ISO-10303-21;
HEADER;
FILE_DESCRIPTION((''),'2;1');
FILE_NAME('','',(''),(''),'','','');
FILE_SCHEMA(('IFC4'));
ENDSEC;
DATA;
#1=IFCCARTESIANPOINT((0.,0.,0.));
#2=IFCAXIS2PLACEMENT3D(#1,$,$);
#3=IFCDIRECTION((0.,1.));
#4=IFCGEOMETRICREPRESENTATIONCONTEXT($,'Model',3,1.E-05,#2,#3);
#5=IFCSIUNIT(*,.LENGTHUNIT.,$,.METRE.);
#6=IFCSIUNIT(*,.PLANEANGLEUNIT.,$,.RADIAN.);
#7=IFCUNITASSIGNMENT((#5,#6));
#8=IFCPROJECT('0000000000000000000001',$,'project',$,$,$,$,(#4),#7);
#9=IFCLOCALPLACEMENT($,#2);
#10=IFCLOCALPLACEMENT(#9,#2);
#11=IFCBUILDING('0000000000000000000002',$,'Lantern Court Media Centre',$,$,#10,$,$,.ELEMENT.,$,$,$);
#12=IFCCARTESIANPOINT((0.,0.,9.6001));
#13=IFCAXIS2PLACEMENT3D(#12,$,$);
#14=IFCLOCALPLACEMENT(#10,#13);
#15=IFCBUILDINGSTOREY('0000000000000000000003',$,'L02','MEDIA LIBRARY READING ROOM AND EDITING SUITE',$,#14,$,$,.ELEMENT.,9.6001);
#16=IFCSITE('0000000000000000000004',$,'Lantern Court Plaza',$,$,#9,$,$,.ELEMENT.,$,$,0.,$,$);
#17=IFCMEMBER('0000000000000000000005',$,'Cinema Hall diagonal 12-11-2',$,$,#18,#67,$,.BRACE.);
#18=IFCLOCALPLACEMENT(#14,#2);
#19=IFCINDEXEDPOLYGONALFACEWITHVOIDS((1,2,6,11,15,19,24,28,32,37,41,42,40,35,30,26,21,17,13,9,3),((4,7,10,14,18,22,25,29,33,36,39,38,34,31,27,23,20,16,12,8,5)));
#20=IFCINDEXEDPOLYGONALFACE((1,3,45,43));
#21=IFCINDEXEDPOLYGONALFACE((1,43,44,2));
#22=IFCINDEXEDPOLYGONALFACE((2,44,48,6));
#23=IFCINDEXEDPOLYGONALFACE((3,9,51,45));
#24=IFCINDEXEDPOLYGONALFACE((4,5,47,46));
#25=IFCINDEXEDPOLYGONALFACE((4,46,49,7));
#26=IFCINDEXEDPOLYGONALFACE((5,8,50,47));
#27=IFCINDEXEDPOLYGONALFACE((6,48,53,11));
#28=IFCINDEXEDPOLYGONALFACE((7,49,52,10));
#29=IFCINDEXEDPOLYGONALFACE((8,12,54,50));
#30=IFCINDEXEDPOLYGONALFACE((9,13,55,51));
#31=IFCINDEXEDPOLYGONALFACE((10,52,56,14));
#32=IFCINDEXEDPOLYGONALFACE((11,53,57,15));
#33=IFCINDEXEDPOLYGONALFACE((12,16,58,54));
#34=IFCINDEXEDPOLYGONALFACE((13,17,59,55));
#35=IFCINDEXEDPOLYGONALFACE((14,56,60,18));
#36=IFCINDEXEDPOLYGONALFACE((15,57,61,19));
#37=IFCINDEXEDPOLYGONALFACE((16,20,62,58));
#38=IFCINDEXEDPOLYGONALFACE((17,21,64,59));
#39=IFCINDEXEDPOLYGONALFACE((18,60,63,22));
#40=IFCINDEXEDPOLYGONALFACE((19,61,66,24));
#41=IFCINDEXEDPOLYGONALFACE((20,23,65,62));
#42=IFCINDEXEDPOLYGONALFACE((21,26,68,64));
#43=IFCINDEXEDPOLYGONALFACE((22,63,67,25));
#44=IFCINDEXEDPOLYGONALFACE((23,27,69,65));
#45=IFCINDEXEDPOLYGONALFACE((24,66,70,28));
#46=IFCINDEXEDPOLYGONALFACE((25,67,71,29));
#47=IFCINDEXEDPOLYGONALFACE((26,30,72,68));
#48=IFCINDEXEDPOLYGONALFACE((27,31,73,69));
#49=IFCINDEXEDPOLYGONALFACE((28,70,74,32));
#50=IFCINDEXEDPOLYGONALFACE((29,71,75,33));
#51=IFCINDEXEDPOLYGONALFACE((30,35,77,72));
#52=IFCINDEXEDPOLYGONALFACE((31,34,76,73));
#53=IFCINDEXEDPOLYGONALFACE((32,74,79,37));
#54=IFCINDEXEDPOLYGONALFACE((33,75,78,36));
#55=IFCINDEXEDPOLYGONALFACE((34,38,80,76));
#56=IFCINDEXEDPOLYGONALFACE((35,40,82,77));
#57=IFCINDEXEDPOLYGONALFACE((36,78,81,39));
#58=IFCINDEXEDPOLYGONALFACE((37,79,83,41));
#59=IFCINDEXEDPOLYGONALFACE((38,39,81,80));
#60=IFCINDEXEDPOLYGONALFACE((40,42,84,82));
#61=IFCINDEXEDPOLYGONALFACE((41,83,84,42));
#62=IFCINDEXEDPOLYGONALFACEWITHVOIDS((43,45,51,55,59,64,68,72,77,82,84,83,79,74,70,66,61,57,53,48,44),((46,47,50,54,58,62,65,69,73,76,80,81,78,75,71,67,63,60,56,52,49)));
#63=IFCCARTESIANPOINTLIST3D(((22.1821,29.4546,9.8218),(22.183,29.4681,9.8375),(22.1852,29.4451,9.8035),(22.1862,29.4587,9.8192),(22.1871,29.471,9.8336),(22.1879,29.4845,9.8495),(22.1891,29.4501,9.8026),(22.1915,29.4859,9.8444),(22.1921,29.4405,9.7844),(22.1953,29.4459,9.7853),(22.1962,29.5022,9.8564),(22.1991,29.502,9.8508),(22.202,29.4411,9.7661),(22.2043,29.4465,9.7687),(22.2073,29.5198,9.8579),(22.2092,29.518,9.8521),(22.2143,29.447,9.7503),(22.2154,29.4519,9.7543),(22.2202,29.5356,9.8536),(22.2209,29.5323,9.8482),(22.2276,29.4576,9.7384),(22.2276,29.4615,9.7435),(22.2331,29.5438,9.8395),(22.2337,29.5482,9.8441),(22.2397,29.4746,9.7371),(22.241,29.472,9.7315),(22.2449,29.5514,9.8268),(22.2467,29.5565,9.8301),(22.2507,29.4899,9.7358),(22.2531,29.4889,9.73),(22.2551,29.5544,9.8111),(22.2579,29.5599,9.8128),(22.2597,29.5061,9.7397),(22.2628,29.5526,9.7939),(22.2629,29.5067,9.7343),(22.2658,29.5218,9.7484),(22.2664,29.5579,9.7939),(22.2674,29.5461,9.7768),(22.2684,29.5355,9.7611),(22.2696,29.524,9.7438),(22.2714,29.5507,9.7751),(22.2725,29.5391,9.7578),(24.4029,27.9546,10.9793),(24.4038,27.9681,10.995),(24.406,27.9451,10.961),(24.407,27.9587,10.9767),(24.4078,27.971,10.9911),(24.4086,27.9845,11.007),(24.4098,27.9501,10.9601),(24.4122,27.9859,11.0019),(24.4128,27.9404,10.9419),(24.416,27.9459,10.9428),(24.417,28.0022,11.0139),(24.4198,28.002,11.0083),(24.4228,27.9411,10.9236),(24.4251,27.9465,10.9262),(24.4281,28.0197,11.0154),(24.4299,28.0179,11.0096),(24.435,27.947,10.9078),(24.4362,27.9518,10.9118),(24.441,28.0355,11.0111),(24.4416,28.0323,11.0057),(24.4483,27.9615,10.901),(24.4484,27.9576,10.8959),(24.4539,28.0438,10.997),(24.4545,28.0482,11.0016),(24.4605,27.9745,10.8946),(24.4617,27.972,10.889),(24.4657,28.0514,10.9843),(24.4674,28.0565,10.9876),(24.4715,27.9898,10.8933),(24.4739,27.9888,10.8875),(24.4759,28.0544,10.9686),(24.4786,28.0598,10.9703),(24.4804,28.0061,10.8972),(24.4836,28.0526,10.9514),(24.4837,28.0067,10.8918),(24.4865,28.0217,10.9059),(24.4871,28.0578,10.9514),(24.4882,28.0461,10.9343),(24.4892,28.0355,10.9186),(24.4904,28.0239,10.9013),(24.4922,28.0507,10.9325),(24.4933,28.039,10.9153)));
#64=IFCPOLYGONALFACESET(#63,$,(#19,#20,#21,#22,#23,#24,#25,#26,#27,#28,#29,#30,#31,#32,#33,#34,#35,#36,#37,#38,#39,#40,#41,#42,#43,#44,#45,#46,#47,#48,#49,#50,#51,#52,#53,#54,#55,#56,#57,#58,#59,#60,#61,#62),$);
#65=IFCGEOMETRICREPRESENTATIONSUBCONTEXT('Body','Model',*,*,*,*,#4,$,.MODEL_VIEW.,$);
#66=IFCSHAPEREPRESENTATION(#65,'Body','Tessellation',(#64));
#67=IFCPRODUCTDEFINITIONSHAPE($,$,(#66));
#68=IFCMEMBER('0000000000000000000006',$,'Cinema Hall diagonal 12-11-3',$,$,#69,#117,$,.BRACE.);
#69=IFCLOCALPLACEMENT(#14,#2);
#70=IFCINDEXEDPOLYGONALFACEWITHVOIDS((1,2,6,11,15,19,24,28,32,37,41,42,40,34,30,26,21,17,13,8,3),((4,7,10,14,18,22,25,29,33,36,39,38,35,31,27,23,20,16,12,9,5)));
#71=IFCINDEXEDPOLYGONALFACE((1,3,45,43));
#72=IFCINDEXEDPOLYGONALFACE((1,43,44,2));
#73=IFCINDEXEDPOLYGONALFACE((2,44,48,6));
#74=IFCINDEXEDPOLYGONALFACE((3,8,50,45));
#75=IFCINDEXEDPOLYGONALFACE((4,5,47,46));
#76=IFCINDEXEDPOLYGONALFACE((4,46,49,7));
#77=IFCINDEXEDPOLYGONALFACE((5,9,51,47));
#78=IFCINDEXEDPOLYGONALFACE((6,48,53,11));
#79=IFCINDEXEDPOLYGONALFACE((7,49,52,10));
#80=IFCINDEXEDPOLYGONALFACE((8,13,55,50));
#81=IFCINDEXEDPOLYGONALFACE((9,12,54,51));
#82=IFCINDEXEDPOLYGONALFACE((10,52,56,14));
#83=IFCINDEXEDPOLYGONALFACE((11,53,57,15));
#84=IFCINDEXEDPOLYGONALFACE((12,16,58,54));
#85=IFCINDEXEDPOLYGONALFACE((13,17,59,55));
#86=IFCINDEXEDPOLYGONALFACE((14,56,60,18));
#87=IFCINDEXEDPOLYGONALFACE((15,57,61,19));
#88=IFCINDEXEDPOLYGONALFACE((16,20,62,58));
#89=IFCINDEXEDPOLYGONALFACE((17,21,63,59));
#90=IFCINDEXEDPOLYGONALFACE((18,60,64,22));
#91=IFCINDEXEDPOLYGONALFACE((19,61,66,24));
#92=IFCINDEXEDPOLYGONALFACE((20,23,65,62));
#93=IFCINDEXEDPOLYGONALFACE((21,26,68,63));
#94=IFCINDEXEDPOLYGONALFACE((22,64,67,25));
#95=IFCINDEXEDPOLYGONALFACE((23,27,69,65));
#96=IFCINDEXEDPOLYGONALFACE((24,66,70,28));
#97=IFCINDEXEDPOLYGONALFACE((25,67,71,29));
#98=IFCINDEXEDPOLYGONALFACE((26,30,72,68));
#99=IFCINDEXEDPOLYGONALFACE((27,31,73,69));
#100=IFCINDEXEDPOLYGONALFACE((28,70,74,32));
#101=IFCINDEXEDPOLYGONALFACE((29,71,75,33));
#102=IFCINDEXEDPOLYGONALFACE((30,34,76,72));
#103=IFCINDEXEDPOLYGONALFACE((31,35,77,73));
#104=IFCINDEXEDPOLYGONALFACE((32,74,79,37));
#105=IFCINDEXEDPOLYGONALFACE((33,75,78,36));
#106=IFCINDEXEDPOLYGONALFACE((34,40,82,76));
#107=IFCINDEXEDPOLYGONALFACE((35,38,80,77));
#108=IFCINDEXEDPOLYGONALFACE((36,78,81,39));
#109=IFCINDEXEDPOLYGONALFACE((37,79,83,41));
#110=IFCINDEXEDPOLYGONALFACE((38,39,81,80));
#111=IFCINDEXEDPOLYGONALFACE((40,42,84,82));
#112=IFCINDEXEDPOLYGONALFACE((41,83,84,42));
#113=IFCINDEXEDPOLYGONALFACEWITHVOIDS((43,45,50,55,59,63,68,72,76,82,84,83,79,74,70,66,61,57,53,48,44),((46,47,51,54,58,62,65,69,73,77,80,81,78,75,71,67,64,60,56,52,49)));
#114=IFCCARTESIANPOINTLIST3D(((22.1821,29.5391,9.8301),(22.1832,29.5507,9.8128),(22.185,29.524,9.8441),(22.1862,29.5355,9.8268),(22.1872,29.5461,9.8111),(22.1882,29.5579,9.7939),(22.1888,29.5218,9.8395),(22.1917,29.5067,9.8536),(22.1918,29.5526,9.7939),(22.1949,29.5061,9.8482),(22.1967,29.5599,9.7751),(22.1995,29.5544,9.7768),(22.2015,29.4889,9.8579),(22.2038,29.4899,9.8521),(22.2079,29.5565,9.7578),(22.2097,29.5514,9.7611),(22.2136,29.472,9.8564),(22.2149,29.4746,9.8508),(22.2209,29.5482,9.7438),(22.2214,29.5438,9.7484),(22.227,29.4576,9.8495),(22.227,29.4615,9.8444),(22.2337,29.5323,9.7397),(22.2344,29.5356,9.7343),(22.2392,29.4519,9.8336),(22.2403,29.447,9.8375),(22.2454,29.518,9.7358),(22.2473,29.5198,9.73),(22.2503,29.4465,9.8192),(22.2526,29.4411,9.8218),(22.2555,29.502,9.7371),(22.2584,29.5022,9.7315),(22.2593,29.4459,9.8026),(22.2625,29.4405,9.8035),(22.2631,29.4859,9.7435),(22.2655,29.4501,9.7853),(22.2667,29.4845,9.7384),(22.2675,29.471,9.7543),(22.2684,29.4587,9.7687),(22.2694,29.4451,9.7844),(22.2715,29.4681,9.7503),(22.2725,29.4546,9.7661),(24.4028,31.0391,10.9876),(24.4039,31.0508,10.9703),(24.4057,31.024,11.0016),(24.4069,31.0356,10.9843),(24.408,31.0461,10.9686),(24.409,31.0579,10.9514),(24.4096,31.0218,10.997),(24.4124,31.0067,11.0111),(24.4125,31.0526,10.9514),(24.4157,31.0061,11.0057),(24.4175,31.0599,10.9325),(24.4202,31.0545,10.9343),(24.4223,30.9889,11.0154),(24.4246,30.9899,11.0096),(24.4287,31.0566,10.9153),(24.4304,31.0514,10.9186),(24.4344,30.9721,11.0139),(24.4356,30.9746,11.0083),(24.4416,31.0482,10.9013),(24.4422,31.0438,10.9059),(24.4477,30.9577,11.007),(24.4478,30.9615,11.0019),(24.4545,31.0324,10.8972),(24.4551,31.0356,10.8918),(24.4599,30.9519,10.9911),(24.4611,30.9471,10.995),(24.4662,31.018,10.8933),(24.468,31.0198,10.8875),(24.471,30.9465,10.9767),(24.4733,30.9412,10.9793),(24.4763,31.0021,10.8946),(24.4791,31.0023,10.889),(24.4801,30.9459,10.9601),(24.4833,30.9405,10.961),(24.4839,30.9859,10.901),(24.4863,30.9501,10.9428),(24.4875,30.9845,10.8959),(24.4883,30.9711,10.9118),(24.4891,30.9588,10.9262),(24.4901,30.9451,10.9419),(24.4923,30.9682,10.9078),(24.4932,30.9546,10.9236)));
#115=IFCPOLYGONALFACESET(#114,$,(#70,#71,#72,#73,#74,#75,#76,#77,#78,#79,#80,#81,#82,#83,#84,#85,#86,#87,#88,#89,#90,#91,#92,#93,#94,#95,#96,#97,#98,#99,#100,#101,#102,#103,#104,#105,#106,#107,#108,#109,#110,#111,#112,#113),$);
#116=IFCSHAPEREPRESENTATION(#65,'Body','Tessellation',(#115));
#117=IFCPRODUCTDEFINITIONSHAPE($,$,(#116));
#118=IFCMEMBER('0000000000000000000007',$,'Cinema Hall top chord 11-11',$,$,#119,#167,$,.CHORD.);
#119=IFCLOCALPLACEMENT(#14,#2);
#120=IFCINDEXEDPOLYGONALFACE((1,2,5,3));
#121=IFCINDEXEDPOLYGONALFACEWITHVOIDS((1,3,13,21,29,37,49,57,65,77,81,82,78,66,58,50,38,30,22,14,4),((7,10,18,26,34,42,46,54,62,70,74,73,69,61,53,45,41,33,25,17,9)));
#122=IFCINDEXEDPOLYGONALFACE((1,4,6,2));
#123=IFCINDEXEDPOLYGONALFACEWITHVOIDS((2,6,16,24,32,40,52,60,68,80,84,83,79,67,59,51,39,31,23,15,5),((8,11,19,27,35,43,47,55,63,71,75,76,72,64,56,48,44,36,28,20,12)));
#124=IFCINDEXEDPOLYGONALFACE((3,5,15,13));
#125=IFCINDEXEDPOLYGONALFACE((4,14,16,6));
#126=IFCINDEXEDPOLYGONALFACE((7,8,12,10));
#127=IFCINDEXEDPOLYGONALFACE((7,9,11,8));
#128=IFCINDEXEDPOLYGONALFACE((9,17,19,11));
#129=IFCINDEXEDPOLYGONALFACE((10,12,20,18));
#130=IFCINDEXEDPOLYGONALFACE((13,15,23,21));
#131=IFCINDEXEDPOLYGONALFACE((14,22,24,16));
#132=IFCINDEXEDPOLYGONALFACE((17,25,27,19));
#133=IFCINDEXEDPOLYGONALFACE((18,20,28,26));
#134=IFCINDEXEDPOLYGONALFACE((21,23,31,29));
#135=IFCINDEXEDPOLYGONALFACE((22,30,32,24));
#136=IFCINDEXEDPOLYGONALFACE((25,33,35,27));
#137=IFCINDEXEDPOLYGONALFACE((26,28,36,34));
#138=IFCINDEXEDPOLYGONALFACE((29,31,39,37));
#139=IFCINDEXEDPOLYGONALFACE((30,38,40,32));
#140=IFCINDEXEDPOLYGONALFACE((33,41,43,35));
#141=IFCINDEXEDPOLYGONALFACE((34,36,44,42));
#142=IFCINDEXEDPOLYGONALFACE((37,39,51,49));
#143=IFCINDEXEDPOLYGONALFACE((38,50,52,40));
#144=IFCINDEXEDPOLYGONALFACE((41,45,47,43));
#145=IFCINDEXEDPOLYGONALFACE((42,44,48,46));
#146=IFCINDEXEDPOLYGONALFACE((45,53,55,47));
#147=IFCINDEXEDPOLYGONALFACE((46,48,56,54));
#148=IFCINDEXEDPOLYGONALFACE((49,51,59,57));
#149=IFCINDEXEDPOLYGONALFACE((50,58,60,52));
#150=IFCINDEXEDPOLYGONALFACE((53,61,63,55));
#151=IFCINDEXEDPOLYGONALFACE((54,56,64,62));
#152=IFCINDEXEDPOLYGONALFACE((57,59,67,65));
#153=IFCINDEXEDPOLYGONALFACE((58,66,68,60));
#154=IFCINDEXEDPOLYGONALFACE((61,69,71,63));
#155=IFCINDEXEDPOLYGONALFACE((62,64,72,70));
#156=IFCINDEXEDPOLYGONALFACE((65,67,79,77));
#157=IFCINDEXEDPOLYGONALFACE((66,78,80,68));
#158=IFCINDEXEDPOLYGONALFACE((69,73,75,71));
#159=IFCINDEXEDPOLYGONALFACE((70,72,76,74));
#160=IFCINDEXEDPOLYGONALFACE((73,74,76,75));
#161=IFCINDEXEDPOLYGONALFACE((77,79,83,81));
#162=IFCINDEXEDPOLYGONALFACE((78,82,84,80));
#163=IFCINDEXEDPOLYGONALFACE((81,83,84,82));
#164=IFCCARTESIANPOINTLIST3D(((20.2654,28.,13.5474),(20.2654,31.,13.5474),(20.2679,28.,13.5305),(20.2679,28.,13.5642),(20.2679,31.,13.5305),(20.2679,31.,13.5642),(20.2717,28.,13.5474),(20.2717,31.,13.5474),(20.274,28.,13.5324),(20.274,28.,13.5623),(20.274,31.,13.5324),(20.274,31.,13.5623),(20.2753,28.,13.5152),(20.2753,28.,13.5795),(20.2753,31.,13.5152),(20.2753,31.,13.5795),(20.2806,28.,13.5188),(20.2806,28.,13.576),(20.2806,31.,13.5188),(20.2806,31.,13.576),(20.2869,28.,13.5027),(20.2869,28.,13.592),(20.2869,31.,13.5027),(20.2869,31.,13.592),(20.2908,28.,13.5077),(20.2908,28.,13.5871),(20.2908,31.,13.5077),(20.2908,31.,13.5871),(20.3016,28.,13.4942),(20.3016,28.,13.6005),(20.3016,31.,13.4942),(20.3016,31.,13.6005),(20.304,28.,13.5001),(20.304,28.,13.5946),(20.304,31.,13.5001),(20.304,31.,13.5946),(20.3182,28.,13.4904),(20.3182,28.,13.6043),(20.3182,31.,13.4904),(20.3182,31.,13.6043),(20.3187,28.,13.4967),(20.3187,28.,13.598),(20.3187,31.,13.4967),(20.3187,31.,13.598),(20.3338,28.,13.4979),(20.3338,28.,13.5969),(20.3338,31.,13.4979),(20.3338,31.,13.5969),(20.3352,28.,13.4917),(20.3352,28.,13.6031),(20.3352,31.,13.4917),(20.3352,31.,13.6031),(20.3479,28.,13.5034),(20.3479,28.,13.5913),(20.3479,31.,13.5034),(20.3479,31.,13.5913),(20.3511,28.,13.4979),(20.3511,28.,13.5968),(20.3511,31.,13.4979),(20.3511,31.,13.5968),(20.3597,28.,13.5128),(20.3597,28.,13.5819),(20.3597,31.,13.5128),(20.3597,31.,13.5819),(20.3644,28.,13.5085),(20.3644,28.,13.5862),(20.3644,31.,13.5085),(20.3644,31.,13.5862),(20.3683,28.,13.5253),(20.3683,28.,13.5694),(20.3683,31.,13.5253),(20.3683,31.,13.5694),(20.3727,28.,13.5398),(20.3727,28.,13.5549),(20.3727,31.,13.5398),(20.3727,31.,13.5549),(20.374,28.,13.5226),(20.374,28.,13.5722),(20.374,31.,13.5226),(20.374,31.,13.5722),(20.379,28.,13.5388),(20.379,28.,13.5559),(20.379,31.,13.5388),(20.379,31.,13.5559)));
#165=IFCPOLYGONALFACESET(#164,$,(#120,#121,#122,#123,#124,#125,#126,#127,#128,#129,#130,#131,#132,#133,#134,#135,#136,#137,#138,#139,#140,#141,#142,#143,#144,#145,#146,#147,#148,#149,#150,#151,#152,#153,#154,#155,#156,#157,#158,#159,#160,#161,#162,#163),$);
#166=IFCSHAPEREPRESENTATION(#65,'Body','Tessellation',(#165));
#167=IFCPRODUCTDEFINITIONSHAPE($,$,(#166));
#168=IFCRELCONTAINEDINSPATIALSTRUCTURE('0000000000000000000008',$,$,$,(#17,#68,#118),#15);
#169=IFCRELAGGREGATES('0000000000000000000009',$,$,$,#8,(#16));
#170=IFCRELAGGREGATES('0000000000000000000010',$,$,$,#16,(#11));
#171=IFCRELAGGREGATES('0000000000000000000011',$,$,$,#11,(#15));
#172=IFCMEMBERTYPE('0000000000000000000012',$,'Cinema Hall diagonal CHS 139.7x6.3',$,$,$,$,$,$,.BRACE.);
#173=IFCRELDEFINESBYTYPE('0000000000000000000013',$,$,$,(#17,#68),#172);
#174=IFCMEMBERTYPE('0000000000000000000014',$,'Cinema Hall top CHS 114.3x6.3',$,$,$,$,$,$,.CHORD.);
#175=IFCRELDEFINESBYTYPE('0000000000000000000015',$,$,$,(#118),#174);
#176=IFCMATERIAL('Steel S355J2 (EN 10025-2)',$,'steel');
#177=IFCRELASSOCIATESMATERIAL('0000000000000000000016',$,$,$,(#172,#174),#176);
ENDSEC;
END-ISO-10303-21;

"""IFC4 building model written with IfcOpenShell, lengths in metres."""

from ifc_helpers import new_model, si_unit, direction, frame, origin, origin_2d, place, context, subcontext, project, spatial, hollow_circle, extrude, material, material_profile, profile_set, type_object, element, save


model = new_model("IFC4")

# Units and contexts
model_context = context("Model", 3, precision=1e-05, world=origin(), true_north=direction((0.0, 1.0)))
body_context = subcontext(model_context, "Body", "Model", "MODEL_VIEW")
ifc_project = project(units=[si_unit("LENGTHUNIT", "METRE"), si_unit("PLANEANGLEUNIT", "RADIAN")], contexts=[model_context])

# Site, building, storey
site_placement = place(None, origin())
site = spatial("IfcSite", under=ifc_project, at=site_placement, Name="Lantern Court Plaza", CompositionType="ELEMENT", RefElevation=0.0)
building_placement = place(site_placement, origin())
building = spatial("IfcBuilding", under=site, at=building_placement, Name="Lantern Court Media Centre", CompositionType="ELEMENT")
storey_placement = place(building_placement, frame((0.0, 0.0, 9.6001)))
storey = spatial("IfcBuildingStorey", under=building, at=storey_placement, Name="L02", Description="MEDIA LIBRARY READING ROOM AND EDITING SUITE", CompositionType="ELEMENT", Elevation=9.6001)

# Members
ifc_material = material(Name="Steel S355J2 (EN 10025-2)", Category="steel")
ifc_material_profile_1 = material_profile(ifc_material, hollow_circle(Radius=0.0698, WallThickness=0.0063, at=origin_2d()), Name="Cinema Hall diagonal CHS 139.7x6.3")
ifc_profile_set_1 = profile_set([ifc_material_profile_1], Name="Steel S355J2 (EN 10025-2)")
member_type_1 = type_object("IfcMemberType", Name="Cinema Hall diagonal CHS 139.7x6.3", PredefinedType="BRACE", material=ifc_profile_set_1)
for number, where, z_axis, x_axis, name in (
    (1, (22.2273, 29.5, 9.7939), (0.760744, -0.513854, 0.396514), (0.559736, 0.828671, 0.0), "Cinema Hall diagonal 12-11-2"),
    (2, (22.2273, 29.5, 9.7939), (0.760744, 0.513854, 0.396514), (-0.559736, 0.828671, 0.0), "Cinema Hall diagonal 12-11-3"),
):
    element("IfcMember", number, at=place(storey_placement, frame(where, z_axis=z_axis, x_axis=x_axis)), inside=storey, type_object=member_type_1, Name=name, PredefinedType="BRACE", context=body_context, shape_type="SweptSolid", body=[
        extrude(hollow_circle(Radius=0.0698, WallThickness=0.0063, at=origin_2d()), origin(), (0.0, 0.0, 1.0), 2.9192),
    ])
ifc_material_profile_2 = material_profile(ifc_material, hollow_circle(Radius=0.0571, WallThickness=0.0063, at=origin_2d()), Name="Cinema Hall top CHS 114.3x6.3")
ifc_profile_set_2 = profile_set([ifc_material_profile_2], Name="Steel S355J2 (EN 10025-2)")
member_type_2 = type_object("IfcMemberType", Name="Cinema Hall top CHS 114.3x6.3", PredefinedType="CHORD", material=ifc_profile_set_2)
for number, where, z_axis, x_axis, name in (
    (3, (20.3225, 28.0, 13.5474), (0.0, 1.0, 0.0), (-1.0, 0.0, 0.0), "Cinema Hall top chord 11-11"),
):
    element("IfcMember", number, at=place(storey_placement, frame(where, z_axis=z_axis, x_axis=x_axis)), inside=storey, type_object=member_type_2, Name=name, PredefinedType="CHORD", context=body_context, shape_type="SweptSolid", body=[
        extrude(hollow_circle(Radius=0.0571, WallThickness=0.0063, at=origin_2d()), origin(), (0.0, 0.0, 1.0), 3.0),
    ])

save(model, "model.ifc")
